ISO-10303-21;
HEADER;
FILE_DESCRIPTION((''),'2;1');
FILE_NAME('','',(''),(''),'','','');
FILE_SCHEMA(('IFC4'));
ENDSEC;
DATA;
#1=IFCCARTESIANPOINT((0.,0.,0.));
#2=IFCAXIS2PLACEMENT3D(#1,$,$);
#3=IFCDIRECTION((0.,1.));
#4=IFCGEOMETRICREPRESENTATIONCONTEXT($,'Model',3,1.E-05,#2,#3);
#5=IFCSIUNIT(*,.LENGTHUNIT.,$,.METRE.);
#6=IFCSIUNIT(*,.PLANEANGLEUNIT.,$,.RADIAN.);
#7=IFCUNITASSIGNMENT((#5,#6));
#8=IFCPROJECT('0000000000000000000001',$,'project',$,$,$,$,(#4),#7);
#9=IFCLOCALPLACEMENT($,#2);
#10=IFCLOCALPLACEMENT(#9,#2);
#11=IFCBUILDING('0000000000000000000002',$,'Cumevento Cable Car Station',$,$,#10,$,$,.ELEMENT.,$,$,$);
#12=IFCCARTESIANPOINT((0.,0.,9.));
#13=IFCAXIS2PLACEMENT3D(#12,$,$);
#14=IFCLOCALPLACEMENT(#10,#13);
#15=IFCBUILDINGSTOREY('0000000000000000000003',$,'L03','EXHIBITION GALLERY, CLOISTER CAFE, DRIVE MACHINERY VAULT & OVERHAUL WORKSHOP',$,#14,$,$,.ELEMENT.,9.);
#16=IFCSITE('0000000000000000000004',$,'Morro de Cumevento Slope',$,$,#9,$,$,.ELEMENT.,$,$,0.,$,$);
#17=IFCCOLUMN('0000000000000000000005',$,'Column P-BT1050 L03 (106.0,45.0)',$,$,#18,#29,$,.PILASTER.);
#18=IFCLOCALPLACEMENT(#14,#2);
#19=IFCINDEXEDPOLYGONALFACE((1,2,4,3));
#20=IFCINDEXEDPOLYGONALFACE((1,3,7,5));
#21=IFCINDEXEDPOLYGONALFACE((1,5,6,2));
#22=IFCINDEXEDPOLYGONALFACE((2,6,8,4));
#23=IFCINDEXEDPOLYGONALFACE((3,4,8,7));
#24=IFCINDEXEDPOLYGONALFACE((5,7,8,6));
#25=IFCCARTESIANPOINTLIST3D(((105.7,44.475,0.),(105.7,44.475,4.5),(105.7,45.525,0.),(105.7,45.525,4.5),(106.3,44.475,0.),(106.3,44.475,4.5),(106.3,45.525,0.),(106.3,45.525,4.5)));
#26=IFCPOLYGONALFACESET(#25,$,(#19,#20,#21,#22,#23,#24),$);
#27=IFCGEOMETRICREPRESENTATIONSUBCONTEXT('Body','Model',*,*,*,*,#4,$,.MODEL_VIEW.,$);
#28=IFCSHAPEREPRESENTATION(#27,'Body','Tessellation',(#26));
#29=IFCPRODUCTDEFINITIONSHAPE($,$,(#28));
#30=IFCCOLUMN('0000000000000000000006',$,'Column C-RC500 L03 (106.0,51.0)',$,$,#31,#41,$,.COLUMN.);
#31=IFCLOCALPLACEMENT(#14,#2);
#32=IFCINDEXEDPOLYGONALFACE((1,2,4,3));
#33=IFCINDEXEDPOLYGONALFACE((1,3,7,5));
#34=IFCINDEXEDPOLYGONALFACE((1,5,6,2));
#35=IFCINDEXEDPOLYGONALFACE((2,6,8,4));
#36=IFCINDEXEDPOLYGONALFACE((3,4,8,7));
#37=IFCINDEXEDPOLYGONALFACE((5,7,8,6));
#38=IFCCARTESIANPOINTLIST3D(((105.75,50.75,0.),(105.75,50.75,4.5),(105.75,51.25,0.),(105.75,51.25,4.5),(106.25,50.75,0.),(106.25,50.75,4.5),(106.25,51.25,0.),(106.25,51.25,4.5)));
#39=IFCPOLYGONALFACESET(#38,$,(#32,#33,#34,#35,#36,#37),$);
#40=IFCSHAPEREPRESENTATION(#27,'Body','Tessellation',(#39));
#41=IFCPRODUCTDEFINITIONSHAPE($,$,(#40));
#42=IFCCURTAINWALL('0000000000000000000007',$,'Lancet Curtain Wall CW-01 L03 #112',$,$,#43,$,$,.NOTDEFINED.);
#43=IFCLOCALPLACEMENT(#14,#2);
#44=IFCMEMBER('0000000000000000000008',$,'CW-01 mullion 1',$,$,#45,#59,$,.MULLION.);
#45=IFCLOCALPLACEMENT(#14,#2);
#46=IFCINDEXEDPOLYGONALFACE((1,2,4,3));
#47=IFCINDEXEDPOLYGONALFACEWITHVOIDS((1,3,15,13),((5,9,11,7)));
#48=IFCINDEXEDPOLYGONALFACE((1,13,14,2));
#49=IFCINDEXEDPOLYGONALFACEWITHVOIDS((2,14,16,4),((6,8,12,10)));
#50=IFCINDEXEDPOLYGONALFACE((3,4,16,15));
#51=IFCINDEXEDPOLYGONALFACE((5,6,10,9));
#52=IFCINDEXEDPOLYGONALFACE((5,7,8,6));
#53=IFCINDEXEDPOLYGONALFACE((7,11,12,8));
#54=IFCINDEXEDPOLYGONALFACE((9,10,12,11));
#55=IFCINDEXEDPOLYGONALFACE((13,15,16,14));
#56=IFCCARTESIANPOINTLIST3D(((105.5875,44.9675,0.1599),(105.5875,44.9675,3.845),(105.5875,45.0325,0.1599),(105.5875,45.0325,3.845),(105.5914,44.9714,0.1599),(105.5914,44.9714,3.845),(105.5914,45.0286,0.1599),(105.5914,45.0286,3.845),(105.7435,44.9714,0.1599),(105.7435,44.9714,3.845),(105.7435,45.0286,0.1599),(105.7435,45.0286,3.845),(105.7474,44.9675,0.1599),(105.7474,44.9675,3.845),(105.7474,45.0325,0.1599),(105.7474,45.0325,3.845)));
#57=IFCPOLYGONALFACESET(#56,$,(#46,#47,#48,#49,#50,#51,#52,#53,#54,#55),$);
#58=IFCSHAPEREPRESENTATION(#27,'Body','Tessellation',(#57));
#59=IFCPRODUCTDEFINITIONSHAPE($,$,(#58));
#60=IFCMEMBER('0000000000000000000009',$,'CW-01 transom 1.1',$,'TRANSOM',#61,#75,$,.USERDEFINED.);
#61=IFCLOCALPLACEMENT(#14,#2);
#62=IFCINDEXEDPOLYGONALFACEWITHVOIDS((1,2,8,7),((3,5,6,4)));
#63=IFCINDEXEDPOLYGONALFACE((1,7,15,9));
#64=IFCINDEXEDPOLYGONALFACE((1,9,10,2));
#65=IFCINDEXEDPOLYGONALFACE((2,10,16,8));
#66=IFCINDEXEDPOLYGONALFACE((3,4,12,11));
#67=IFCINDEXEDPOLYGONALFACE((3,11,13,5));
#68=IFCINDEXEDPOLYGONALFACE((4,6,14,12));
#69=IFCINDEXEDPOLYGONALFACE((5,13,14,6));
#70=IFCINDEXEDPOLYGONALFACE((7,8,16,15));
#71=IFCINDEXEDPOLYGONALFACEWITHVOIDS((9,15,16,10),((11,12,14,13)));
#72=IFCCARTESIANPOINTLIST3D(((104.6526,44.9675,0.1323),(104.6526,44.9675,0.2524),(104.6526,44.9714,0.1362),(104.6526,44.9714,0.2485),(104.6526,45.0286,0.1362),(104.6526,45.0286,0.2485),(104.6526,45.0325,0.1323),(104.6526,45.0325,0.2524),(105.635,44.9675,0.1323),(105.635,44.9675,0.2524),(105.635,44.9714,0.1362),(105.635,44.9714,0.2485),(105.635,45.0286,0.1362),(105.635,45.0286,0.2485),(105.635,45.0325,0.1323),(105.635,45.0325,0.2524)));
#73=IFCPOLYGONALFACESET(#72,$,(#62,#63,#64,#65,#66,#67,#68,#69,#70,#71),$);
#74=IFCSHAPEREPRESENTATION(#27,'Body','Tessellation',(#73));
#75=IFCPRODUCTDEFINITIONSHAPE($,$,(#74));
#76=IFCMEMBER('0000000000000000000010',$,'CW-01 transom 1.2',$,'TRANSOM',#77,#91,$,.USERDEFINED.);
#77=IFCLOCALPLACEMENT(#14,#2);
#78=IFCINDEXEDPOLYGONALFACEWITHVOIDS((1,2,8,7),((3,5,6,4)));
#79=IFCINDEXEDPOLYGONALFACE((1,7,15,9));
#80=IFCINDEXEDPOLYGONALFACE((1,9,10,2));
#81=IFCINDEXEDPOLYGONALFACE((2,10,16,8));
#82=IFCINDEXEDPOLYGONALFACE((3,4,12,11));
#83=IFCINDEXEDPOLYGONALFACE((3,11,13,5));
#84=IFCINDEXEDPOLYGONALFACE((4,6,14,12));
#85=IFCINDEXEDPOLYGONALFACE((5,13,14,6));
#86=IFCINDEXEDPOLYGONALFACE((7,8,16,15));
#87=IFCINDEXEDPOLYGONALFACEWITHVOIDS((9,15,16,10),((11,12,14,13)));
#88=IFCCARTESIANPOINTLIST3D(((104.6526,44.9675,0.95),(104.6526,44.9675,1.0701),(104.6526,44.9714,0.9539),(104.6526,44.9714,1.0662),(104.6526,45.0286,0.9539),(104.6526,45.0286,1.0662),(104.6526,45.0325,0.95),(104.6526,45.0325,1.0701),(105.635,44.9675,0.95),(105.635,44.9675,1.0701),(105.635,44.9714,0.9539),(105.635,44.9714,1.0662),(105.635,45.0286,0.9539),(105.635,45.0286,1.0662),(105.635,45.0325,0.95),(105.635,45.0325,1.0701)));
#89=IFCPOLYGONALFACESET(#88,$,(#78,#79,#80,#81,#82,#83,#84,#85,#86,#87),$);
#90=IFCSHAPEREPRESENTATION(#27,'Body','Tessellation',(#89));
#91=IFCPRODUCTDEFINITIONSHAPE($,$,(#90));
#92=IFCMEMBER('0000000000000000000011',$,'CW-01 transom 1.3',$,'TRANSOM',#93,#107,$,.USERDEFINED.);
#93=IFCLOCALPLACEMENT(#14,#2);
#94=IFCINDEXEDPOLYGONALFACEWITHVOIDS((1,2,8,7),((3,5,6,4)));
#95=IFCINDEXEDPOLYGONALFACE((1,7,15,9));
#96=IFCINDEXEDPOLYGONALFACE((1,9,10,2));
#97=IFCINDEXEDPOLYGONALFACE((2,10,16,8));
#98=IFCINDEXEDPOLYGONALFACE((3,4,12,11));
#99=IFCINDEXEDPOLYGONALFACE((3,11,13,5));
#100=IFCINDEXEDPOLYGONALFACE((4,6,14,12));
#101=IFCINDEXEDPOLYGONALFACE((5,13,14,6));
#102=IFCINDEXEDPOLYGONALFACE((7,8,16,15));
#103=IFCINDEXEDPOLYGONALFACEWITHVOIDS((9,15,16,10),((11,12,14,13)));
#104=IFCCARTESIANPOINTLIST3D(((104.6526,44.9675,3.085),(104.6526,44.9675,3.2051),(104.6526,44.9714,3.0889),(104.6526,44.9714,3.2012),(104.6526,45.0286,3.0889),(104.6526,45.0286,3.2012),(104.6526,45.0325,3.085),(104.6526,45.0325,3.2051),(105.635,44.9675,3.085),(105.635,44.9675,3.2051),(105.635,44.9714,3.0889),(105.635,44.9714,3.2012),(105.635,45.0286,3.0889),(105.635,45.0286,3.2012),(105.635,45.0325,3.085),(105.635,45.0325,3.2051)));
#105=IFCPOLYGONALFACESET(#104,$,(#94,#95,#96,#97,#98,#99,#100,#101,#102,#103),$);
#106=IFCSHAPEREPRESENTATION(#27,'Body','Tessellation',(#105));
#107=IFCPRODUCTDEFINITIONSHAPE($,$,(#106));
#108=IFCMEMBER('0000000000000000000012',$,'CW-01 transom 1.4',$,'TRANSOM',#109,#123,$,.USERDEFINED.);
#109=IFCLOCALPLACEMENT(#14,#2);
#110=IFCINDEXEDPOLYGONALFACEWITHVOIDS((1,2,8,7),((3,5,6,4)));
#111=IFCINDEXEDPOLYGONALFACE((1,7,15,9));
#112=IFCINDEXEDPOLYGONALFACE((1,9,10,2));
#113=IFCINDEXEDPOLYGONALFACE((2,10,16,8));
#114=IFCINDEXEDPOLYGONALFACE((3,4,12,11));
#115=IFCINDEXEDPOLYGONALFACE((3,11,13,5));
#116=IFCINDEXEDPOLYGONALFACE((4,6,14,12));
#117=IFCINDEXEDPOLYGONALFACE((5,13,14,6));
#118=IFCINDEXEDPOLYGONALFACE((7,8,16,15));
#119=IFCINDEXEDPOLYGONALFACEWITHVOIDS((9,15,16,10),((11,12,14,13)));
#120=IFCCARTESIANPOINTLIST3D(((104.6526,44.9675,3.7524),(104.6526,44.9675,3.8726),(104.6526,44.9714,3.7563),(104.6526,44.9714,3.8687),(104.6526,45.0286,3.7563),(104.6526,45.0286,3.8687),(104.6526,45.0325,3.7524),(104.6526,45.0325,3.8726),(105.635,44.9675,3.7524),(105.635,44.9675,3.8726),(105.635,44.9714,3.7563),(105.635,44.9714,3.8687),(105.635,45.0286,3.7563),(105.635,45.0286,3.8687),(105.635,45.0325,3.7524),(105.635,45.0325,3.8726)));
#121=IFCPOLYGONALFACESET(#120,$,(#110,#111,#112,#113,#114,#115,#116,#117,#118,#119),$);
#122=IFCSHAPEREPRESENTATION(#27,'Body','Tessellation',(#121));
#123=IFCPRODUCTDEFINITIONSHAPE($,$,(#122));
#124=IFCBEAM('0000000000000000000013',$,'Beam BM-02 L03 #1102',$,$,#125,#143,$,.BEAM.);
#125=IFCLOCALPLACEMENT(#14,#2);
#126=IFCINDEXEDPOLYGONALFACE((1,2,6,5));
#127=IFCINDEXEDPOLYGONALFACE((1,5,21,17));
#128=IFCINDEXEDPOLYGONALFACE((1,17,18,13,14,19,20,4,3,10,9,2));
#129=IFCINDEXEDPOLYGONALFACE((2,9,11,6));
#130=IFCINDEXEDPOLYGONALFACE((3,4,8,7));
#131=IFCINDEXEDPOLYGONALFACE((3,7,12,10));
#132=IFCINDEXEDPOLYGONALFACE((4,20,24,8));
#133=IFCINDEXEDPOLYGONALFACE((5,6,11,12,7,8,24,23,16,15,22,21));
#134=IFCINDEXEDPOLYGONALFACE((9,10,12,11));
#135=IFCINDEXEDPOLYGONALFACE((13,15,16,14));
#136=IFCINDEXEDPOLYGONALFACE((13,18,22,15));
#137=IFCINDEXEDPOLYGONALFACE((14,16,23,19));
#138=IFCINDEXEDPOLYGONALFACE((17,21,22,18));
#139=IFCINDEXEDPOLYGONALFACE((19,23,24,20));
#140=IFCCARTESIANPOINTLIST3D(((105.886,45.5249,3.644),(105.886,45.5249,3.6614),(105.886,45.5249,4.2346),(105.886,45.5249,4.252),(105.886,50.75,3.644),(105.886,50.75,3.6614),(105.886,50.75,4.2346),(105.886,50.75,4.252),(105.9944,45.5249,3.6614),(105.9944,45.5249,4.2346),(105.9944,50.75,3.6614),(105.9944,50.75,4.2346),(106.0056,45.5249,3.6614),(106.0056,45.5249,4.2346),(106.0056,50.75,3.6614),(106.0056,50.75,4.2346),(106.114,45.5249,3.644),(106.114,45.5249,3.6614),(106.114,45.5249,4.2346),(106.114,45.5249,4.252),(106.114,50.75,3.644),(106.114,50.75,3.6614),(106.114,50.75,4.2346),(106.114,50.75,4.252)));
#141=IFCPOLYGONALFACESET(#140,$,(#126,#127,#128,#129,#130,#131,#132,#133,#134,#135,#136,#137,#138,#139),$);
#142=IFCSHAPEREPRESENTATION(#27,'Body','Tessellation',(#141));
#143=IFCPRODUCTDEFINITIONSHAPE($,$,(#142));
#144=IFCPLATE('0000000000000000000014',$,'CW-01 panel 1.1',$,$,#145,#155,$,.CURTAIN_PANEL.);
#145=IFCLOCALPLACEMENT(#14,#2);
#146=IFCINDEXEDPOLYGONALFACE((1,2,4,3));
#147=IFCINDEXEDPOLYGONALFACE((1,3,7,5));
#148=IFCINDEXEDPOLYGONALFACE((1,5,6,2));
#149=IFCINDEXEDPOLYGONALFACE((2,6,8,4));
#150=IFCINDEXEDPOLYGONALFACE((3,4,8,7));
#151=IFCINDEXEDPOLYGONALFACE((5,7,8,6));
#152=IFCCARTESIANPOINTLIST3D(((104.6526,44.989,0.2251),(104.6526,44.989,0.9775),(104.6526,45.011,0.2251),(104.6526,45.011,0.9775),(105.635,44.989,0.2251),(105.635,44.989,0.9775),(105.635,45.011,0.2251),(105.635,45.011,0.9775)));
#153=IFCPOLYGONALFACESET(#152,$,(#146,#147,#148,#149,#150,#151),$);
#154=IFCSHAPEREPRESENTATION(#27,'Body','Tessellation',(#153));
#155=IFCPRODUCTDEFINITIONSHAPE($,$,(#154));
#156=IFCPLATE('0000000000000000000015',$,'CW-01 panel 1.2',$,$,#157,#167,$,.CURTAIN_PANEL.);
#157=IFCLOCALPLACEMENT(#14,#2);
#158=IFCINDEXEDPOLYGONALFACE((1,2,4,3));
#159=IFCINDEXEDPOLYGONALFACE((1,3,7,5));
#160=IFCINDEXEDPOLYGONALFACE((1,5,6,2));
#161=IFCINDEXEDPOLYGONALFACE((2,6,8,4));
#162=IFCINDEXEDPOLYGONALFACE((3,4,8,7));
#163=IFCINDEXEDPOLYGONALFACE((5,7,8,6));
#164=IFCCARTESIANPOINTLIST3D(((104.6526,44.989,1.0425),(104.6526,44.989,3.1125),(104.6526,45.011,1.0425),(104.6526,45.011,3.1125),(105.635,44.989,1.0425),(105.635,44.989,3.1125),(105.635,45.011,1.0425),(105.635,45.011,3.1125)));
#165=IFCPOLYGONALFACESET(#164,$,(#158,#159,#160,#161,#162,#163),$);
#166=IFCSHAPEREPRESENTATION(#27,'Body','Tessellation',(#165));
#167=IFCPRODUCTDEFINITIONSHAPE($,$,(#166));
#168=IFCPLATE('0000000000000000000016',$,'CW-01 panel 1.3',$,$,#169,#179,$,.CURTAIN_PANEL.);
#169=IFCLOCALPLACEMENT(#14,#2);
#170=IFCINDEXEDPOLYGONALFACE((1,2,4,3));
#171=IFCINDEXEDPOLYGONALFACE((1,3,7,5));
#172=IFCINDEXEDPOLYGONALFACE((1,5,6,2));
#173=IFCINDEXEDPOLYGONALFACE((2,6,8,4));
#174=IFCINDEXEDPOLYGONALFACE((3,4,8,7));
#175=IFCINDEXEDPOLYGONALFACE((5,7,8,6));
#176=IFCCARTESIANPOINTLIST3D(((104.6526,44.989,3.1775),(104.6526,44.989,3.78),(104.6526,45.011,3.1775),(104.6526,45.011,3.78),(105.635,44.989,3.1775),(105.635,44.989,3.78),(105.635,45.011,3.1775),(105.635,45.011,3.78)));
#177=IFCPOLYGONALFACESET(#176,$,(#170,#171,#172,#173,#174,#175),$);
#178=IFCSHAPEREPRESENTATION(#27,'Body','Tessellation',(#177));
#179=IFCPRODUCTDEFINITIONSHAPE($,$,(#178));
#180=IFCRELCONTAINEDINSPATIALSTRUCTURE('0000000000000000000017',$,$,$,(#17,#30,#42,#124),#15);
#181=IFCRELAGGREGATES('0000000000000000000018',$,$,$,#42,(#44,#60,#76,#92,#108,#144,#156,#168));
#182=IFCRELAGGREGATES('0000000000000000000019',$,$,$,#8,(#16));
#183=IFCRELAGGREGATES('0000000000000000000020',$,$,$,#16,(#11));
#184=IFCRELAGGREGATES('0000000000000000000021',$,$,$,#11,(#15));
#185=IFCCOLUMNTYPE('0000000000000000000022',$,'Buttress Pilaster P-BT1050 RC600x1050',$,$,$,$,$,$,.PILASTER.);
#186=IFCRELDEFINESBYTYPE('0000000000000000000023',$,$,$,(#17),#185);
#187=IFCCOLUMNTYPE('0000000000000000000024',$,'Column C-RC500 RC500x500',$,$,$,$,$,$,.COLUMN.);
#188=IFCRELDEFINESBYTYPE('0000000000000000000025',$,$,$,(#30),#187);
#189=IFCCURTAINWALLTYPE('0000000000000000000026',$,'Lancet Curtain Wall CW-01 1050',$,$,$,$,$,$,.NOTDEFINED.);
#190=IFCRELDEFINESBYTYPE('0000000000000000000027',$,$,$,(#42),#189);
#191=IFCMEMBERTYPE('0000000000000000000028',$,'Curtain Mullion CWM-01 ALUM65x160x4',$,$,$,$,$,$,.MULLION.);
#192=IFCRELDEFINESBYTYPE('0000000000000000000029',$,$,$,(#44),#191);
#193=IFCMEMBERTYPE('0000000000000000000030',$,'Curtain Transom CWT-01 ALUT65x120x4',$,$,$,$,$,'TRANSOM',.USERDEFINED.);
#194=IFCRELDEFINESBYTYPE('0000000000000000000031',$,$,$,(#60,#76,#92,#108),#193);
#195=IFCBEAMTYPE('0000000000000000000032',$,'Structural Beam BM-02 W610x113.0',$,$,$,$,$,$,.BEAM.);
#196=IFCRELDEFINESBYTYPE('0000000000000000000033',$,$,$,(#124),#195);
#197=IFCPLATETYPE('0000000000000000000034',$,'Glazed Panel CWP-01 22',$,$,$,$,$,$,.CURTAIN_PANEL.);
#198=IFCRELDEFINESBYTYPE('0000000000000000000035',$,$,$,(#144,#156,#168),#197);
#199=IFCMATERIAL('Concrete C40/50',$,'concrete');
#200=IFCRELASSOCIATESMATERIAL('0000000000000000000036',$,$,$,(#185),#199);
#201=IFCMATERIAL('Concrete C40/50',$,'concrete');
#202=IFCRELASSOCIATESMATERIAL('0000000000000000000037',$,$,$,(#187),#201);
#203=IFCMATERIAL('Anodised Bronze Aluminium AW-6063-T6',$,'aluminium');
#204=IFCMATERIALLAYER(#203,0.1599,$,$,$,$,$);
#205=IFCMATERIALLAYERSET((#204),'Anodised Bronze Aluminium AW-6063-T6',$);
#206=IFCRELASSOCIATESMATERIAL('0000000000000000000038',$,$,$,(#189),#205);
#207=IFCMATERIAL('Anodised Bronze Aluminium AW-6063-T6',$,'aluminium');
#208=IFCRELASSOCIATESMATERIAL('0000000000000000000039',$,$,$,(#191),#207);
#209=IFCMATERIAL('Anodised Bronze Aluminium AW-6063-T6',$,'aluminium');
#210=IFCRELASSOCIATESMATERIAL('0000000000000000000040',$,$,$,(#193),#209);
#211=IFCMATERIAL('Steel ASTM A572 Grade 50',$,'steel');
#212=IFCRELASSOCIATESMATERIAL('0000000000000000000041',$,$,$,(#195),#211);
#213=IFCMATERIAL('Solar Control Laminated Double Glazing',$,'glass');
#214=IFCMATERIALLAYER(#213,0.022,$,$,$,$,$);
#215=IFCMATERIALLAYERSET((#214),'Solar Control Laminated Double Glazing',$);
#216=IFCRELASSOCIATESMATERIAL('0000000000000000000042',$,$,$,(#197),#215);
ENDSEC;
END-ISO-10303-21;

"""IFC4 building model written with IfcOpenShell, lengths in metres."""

from ifc_helpers import new_model, si_unit, direction, frame, origin, origin_2d, place, context, subcontext, project, spatial, rectangle, hollow_rectangle, i_section, extrude, material, layer, layer_set, material_profile, profile_set, type_object, element, aggregate, save


model = new_model("IFC4")

# Units and contexts
model_context = context("Model", 3, precision=1e-05, world=origin(), true_north=direction((0.0, 1.0)))
body_context = subcontext(model_context, "Body", "Model", "MODEL_VIEW")
ifc_project = project(units=[si_unit("LENGTHUNIT", "METRE"), si_unit("PLANEANGLEUNIT", "RADIAN")], contexts=[model_context])

# Site, building, storey
site_placement = place(None, origin())
site = spatial("IfcSite", under=ifc_project, at=site_placement, Name="Morro de Cumevento Slope", CompositionType="ELEMENT", RefElevation=0.0)
building_placement = place(site_placement, origin())
building = spatial("IfcBuilding", under=site, at=building_placement, Name="Cumevento Cable Car Station", CompositionType="ELEMENT")
storey_placement = place(building_placement, frame((0.0, 0.0, 9.0)))
storey = spatial("IfcBuildingStorey", under=building, at=storey_placement, Name="L03", Description="EXHIBITION GALLERY, CLOISTER CAFE, DRIVE MACHINERY VAULT & OVERHAUL WORKSHOP", CompositionType="ELEMENT", Elevation=9.0)

# Columns
ifc_material_1 = material(Name="Concrete C40/50", Category="concrete")
ifc_material_profile_1 = material_profile(ifc_material_1, rectangle(XDim=0.6001, YDim=1.05, at=origin_2d()), Name="RC600x1050")
ifc_profile_set_1 = profile_set([ifc_material_profile_1], Name="Concrete C40/50")
column_type_1 = type_object("IfcColumnType", Name="Buttress Pilaster P-BT1050 RC600x1050", PredefinedType="PILASTER", material=ifc_profile_set_1)
column_1_placement = place(storey_placement, frame((106.0, 45.0, 0.0), z_axis=(0.0, 0.0, 1.0), x_axis=(1.0, 0.0, 0.0)))
element("IfcColumn", 1, at=column_1_placement, inside=storey, type_object=column_type_1, Name="Column P-BT1050 L03 (106.0,45.0)", PredefinedType="PILASTER", context=body_context, shape_type="SweptSolid", body=[
    extrude(rectangle(XDim=0.6001, YDim=1.05, at=origin_2d()), origin(), (0.0, 0.0, 1.0), 4.5),
])
ifc_material_2 = material(Name="Concrete C40/50", Category="concrete")
ifc_material_profile_2 = material_profile(ifc_material_2, rectangle(XDim=0.5, YDim=0.5, at=origin_2d()), Name="RC500x500")
ifc_profile_set_2 = profile_set([ifc_material_profile_2], Name="Concrete C40/50")
column_type_2 = type_object("IfcColumnType", Name="Column C-RC500 RC500x500", PredefinedType="COLUMN", material=ifc_profile_set_2)
column_2_placement = place(storey_placement, frame((106.0, 51.0, 0.0), z_axis=(0.0, 0.0, 1.0), x_axis=(1.0, 0.0, 0.0)))
element("IfcColumn", 2, at=column_2_placement, inside=storey, type_object=column_type_2, Name="Column C-RC500 L03 (106.0,51.0)", PredefinedType="COLUMN", context=body_context, shape_type="SweptSolid", body=[
    extrude(rectangle(XDim=0.5, YDim=0.5, at=origin_2d()), origin(), (0.0, 0.0, 1.0), 4.5),
])

# Curtain wall, members
ifc_material_3 = material(Name="Anodised Bronze Aluminium AW-6063-T6", Category="aluminium")
ifc_layer_1 = layer(ifc_material_3, 0.1599)
ifc_layer_set_1 = layer_set([ifc_layer_1], Name="Anodised Bronze Aluminium AW-6063-T6")
curtain_wall_type = type_object("IfcCurtainWallType", Name="Lancet Curtain Wall CW-01 1050", PredefinedType="NOTDEFINED", material=ifc_layer_set_1)
curtain_wall_placement = place(storey_placement, origin())
curtain_wall = element("IfcCurtainWall", 3, at=curtain_wall_placement, inside=storey, type_object=curtain_wall_type, Name="Lancet Curtain Wall CW-01 L03 #112", PredefinedType="NOTDEFINED")
ifc_material_4 = material(Name="Anodised Bronze Aluminium AW-6063-T6", Category="aluminium")
ifc_material_profile_3 = material_profile(ifc_material_4, hollow_rectangle(XDim=0.0649, YDim=0.1599, WallThickness=0.0039, at=origin_2d()), Name="ALUM65x160x4")
ifc_profile_set_3 = profile_set([ifc_material_profile_3], Name="Anodised Bronze Aluminium AW-6063-T6")
member_type_1 = type_object("IfcMemberType", Name="Curtain Mullion CWM-01 ALUM65x160x4", PredefinedType="MULLION", material=ifc_profile_set_3)
member_1_placement = place(storey_placement, frame((105.6675, 45.0, 0.1599), z_axis=(0.0, 0.0, 1.0), x_axis=(0.0, -1.0, 0.0)))
member_1 = element("IfcMember", 4, at=member_1_placement, type_object=member_type_1, Name="CW-01 mullion 1", PredefinedType="MULLION", context=body_context, shape_type="SweptSolid", body=[
    extrude(hollow_rectangle(XDim=0.0649, YDim=0.1599, WallThickness=0.0039, at=origin_2d()), origin(), (0.0, 0.0, 1.0), 3.6851),
])
ifc_material_5 = material(Name="Anodised Bronze Aluminium AW-6063-T6", Category="aluminium")
ifc_material_profile_4 = material_profile(ifc_material_5, hollow_rectangle(XDim=0.0649, YDim=0.1201, WallThickness=0.0039, at=origin_2d()), Name="ALUT65x120x4")
ifc_profile_set_4 = profile_set([ifc_material_profile_4], Name="Anodised Bronze Aluminium AW-6063-T6")
member_type_2 = type_object("IfcMemberType", Name="Curtain Transom CWT-01 ALUT65x120x4", ElementType="TRANSOM", PredefinedType="USERDEFINED", material=ifc_profile_set_4)
member_2_placement = place(storey_placement, frame((105.635, 45.0, 0.1924), z_axis=(-1.0, 0.0, 0.0), x_axis=(0.0, -1.0, 0.0)))
member_2 = element("IfcMember", 5, at=member_2_placement, type_object=member_type_2, Name="CW-01 transom 1.1", ObjectType="TRANSOM", PredefinedType="USERDEFINED", context=body_context, shape_type="SweptSolid", body=[
    extrude(hollow_rectangle(XDim=0.0649, YDim=0.1201, WallThickness=0.0039, at=origin_2d()), origin(), (0.0, 0.0, 1.0), 0.9824),
])
member_3_placement = place(storey_placement, frame((105.635, 45.0, 1.01), z_axis=(-1.0, 0.0, 0.0), x_axis=(0.0, -1.0, 0.0)))
member_3 = element("IfcMember", 6, at=member_3_placement, type_object=member_type_2, Name="CW-01 transom 1.2", ObjectType="TRANSOM", PredefinedType="USERDEFINED", context=body_context, shape_type="SweptSolid", body=[
    extrude(hollow_rectangle(XDim=0.0649, YDim=0.1201, WallThickness=0.0039, at=origin_2d()), origin(), (0.0, 0.0, 1.0), 0.9824),
])
member_4_placement = place(storey_placement, frame((105.635, 45.0, 3.145), z_axis=(-1.0, 0.0, 0.0), x_axis=(0.0, -1.0, 0.0)))
member_4 = element("IfcMember", 7, at=member_4_placement, type_object=member_type_2, Name="CW-01 transom 1.3", ObjectType="TRANSOM", PredefinedType="USERDEFINED", context=body_context, shape_type="SweptSolid", body=[
    extrude(hollow_rectangle(XDim=0.0649, YDim=0.1201, WallThickness=0.0039, at=origin_2d()), origin(), (0.0, 0.0, 1.0), 0.9824),
])
member_5_placement = place(storey_placement, frame((105.635, 45.0, 3.8125), z_axis=(-1.0, 0.0, 0.0), x_axis=(0.0, -1.0, 0.0)))
member_5 = element("IfcMember", 8, at=member_5_placement, type_object=member_type_2, Name="CW-01 transom 1.4", ObjectType="TRANSOM", PredefinedType="USERDEFINED", context=body_context, shape_type="SweptSolid", body=[
    extrude(hollow_rectangle(XDim=0.0649, YDim=0.1201, WallThickness=0.0039, at=origin_2d()), origin(), (0.0, 0.0, 1.0), 0.9824),
])

# Beam
ifc_material_6 = material(Name="Steel ASTM A572 Grade 50", Category="steel")
ifc_material_profile_5 = material_profile(ifc_material_6, i_section(OverallWidth=0.228, OverallDepth=0.6079, WebThickness=0.0112, FlangeThickness=0.0173, at=origin_2d()), Name="W610x113.0")
ifc_profile_set_5 = profile_set([ifc_material_profile_5], Name="Steel ASTM A572 Grade 50")
beam_type = type_object("IfcBeamType", Name="Structural Beam BM-02 W610x113.0", PredefinedType="BEAM", material=ifc_profile_set_5)
beam_placement = place(storey_placement, frame((106.0, 45.5249, 3.948), z_axis=(0.0, 1.0, 0.0), x_axis=(-1.0, 0.0, 0.0)))
element("IfcBeam", 9, at=beam_placement, inside=storey, type_object=beam_type, Name="Beam BM-02 L03 #1102", PredefinedType="BEAM", context=body_context, shape_type="SweptSolid", body=[
    extrude(i_section(OverallWidth=0.228, OverallDepth=0.6079, WebThickness=0.0112, FlangeThickness=0.0173, at=origin_2d()), origin(), (0.0, 0.0, 1.0), 5.2251),
])

# Plates
ifc_material_7 = material(Name="Solar Control Laminated Double Glazing", Category="glass")
ifc_layer_2 = layer(ifc_material_7, 0.022)
ifc_layer_set_2 = layer_set([ifc_layer_2], Name="Solar Control Laminated Double Glazing")
plate_type = type_object("IfcPlateType", Name="Glazed Panel CWP-01 22", PredefinedType="CURTAIN_PANEL", material=ifc_layer_set_2)
plate_1_placement = place(storey_placement, frame((105.1438, 45.0, 0.2251), z_axis=(0.0, 0.0, 1.0), x_axis=(-1.0, 0.0, 0.0)))
plate_1 = element("IfcPlate", 10, at=plate_1_placement, type_object=plate_type, Name="CW-01 panel 1.1", PredefinedType="CURTAIN_PANEL", context=body_context, shape_type="SweptSolid", body=[
    extrude(rectangle(XDim=0.9824, YDim=0.022, at=origin_2d()), origin(), (0.0, 0.0, 1.0), 0.7524),
])
plate_2_placement = place(storey_placement, frame((105.1438, 45.0, 1.0425), z_axis=(0.0, 0.0, 1.0), x_axis=(-1.0, 0.0, 0.0)))
plate_2 = element("IfcPlate", 11, at=plate_2_placement, type_object=plate_type, Name="CW-01 panel 1.2", PredefinedType="CURTAIN_PANEL", context=body_context, shape_type="SweptSolid", body=[
    extrude(rectangle(XDim=0.9824, YDim=0.022, at=origin_2d()), origin(), (0.0, 0.0, 1.0), 2.0701),
])
plate_3_placement = place(storey_placement, frame((105.1438, 45.0, 3.1775), z_axis=(0.0, 0.0, 1.0), x_axis=(-1.0, 0.0, 0.0)))
plate_3 = element("IfcPlate", 12, at=plate_3_placement, type_object=plate_type, Name="CW-01 panel 1.3", PredefinedType="CURTAIN_PANEL", context=body_context, shape_type="SweptSolid", body=[
    extrude(rectangle(XDim=0.9824, YDim=0.022, at=origin_2d()), origin(), (0.0, 0.0, 1.0), 0.6025),
])
aggregate(curtain_wall, [member_1, member_2, member_3, member_4, member_5, plate_1, plate_2, plate_3])

save(model, "model.ifc")
